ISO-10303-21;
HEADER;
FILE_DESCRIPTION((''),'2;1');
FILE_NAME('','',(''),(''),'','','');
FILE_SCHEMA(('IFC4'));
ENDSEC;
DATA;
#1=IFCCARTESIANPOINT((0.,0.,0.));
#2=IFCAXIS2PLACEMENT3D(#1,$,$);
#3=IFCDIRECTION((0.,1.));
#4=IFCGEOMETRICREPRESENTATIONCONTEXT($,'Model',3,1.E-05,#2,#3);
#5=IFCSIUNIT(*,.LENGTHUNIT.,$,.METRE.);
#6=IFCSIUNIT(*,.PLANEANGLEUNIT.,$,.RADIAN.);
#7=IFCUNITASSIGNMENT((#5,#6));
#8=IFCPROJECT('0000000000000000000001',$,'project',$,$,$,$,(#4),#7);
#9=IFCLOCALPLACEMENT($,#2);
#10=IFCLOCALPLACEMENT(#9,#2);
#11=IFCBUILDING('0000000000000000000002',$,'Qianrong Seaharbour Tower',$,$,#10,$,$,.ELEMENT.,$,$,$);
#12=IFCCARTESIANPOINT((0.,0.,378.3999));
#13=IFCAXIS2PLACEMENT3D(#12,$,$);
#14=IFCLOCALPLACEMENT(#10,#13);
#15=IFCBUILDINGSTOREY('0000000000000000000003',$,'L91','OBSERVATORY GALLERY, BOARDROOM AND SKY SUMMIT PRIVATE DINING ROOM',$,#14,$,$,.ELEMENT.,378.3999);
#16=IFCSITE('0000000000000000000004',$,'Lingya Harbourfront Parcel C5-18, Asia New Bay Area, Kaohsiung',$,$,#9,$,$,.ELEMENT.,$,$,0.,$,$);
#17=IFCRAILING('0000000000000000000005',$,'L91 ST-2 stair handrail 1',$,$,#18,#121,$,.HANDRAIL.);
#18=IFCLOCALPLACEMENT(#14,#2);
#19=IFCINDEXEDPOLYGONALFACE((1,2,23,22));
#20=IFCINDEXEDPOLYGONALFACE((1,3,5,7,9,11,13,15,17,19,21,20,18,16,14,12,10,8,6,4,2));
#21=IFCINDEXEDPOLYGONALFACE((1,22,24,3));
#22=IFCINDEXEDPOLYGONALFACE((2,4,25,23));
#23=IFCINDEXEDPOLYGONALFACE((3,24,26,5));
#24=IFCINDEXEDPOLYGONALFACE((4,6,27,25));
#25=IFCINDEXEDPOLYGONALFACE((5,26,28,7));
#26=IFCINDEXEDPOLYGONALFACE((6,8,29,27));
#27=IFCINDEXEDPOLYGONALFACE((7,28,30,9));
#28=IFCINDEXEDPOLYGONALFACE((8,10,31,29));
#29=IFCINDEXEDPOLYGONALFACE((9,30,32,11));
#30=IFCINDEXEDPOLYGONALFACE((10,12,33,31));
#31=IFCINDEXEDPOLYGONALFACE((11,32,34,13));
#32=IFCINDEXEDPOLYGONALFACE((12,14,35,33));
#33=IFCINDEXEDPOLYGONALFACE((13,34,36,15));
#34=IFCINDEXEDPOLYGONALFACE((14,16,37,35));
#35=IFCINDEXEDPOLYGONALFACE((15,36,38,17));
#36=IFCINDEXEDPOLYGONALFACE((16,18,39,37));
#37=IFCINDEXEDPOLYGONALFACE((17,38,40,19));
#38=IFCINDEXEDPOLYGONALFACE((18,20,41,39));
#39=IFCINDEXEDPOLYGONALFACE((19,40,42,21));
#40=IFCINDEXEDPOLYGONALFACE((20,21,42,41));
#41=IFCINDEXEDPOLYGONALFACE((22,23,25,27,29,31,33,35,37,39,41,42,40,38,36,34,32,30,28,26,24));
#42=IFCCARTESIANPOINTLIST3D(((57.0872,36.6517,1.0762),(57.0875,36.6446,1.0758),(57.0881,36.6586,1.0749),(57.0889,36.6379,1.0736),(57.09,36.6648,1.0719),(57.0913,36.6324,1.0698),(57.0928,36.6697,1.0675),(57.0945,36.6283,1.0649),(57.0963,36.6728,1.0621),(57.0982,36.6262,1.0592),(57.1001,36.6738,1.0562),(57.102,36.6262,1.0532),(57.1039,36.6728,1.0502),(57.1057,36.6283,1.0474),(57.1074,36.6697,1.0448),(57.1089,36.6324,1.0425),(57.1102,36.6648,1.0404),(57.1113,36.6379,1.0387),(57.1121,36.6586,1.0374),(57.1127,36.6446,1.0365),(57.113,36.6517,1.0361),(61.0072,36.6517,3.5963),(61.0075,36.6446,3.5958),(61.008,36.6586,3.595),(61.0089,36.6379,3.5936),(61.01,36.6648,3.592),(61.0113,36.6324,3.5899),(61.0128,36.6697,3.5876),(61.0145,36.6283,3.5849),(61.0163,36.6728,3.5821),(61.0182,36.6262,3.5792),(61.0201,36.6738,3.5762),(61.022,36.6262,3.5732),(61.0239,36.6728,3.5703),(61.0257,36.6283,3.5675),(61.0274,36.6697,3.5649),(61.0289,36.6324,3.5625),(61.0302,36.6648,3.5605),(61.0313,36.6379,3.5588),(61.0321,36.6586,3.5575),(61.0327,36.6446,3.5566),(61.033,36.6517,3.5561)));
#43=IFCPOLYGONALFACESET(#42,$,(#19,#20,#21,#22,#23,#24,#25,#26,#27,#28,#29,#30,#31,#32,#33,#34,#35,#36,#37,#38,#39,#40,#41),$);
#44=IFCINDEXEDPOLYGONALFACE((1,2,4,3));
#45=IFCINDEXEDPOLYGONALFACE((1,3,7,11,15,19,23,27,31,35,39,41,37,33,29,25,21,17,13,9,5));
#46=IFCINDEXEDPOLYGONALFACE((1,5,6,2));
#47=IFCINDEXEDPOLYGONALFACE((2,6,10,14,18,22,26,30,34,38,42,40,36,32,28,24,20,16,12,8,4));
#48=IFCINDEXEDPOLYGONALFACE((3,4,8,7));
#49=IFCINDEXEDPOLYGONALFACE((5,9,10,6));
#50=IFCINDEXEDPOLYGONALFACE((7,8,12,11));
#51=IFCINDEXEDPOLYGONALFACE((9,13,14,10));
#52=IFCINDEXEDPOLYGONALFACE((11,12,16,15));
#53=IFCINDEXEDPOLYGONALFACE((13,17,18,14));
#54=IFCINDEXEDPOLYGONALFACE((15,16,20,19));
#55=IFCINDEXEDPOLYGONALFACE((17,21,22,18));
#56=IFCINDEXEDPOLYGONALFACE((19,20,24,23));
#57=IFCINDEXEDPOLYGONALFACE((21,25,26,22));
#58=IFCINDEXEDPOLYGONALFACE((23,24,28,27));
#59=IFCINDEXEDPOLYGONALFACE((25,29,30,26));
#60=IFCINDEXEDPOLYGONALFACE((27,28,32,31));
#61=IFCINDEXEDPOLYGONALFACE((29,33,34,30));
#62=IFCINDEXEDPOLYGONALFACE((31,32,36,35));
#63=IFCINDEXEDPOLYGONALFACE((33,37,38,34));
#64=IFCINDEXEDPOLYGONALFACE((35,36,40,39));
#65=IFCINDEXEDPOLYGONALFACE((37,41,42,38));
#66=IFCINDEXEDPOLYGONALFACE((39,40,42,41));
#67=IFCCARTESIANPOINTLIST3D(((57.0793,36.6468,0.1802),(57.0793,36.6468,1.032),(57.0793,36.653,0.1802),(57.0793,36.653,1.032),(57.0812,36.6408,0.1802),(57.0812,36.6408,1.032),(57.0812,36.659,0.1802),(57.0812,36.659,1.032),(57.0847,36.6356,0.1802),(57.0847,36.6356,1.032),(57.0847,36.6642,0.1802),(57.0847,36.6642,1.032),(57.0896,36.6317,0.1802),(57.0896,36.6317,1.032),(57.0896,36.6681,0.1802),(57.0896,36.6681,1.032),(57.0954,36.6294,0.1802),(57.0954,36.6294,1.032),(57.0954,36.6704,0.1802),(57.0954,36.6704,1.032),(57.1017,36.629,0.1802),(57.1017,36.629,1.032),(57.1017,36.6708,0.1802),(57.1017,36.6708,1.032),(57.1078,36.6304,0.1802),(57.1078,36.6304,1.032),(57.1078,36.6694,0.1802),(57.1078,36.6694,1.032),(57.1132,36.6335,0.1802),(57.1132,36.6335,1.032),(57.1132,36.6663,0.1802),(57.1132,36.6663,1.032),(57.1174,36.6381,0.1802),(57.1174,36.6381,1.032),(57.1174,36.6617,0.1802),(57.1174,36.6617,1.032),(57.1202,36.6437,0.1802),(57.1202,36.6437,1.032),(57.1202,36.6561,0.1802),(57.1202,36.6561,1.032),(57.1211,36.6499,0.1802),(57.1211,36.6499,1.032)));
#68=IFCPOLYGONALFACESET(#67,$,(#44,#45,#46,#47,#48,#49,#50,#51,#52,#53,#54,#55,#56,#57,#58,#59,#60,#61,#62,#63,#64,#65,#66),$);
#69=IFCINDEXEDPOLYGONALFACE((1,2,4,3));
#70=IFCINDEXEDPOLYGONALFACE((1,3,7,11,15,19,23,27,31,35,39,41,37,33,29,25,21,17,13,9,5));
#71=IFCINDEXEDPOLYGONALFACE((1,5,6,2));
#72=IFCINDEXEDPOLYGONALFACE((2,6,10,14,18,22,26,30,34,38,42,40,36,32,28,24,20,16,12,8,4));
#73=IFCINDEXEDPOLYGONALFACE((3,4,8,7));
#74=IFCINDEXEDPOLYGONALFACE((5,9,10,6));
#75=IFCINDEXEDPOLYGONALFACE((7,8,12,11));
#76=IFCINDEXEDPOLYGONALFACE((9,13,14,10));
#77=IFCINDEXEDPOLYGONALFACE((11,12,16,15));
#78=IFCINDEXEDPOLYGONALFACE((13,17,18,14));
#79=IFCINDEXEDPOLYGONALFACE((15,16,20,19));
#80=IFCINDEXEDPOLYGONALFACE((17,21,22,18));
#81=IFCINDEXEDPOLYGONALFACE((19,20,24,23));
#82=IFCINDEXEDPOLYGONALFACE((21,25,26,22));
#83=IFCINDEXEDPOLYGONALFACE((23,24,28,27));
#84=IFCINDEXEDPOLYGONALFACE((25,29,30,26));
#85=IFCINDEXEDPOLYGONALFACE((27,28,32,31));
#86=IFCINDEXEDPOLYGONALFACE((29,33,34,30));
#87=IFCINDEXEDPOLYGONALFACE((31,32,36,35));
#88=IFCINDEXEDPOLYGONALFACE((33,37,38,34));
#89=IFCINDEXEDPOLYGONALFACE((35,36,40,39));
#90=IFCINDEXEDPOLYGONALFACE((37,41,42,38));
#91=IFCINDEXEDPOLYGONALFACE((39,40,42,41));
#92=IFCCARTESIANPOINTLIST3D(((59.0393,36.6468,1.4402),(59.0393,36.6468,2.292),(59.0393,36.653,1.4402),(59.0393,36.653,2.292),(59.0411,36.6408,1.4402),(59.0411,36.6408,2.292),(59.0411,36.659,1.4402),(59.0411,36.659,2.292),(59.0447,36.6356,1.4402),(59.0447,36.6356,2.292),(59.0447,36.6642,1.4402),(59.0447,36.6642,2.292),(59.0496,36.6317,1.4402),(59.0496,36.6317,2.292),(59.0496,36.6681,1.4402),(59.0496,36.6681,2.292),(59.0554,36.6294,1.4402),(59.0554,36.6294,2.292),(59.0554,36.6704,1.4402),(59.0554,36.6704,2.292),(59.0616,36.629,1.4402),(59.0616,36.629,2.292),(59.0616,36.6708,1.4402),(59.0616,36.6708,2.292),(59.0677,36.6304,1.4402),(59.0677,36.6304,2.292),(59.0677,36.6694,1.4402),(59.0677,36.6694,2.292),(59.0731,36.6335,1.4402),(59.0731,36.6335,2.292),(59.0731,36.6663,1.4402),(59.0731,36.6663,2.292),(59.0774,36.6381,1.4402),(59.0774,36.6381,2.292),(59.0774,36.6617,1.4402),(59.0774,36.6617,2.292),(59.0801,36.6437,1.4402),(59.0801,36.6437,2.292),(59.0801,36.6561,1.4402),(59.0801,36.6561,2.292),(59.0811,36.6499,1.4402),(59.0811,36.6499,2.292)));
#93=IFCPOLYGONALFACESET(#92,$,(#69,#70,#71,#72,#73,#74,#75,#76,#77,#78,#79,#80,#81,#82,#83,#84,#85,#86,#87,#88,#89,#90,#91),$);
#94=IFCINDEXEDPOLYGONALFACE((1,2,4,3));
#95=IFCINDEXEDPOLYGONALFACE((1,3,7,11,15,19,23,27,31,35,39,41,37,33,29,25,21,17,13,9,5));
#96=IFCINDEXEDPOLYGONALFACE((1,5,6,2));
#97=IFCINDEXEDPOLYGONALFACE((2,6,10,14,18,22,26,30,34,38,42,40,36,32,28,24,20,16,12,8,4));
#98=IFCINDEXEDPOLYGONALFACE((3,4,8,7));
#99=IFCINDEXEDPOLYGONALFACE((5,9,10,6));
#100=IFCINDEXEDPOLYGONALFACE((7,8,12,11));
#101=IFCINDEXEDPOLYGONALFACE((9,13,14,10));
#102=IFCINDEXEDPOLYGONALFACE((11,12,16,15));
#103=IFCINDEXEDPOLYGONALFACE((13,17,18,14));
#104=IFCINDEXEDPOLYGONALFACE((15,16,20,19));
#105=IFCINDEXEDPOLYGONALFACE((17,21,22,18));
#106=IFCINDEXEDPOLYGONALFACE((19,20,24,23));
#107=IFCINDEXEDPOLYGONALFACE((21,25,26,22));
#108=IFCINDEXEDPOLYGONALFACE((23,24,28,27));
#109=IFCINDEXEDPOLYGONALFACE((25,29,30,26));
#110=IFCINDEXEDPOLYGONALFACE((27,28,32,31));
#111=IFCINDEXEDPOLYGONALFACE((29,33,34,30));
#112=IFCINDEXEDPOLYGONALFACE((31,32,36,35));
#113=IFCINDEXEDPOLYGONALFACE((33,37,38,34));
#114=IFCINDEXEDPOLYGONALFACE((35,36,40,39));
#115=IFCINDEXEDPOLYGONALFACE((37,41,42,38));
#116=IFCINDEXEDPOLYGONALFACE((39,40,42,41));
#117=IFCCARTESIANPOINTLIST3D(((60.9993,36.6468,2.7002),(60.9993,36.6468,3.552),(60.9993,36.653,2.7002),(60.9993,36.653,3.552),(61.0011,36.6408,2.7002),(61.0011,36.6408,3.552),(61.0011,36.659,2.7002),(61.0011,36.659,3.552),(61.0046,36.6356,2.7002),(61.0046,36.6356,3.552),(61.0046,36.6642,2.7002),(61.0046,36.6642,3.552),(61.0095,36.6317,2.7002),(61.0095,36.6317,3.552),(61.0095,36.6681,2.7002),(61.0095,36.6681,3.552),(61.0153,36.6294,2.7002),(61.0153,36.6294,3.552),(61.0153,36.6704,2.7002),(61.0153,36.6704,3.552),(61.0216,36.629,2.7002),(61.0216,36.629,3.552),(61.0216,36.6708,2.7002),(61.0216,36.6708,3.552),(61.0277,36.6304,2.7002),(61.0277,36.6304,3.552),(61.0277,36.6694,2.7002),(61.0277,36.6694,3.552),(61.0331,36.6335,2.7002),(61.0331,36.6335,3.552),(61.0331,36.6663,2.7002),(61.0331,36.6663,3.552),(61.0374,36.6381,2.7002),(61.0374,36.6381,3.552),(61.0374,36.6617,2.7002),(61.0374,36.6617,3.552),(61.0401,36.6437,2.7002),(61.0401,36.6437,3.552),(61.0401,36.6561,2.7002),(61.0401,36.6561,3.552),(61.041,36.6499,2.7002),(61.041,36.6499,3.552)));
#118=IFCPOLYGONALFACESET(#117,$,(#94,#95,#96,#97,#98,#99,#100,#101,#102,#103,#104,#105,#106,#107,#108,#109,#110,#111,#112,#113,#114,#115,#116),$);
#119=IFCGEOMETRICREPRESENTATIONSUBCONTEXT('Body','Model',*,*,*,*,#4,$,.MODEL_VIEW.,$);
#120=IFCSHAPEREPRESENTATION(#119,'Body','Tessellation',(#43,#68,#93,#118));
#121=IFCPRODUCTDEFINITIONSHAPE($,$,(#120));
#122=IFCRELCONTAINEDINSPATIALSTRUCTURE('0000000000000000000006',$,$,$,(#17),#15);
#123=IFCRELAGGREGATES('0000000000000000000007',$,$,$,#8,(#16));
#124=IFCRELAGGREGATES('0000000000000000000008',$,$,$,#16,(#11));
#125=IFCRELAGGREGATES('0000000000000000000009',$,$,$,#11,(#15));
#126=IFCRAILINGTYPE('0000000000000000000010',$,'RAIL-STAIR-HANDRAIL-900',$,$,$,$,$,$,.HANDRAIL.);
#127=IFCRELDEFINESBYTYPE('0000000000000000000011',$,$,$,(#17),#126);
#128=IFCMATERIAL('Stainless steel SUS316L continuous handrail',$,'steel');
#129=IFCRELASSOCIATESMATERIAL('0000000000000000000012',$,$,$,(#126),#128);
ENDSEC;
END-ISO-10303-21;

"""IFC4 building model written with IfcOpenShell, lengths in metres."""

from ifc_helpers import new_model, si_unit, direction, frame, origin, origin_2d, place, context, subcontext, project, spatial, circle, extrude, material, type_object, element, save


model = new_model("IFC4")

# Units and contexts
model_context = context("Model", 3, precision=1e-05, world=origin(), true_north=direction((0.0, 1.0)))
body_context = subcontext(model_context, "Body", "Model", "MODEL_VIEW")
ifc_project = project(units=[si_unit("LENGTHUNIT", "METRE"), si_unit("PLANEANGLEUNIT", "RADIAN")], contexts=[model_context])

# Site, building, storey
site_placement = place(None, origin())
site = spatial("IfcSite", under=ifc_project, at=site_placement, Name="Lingya Harbourfront Parcel C5-18, Asia New Bay Area, Kaohsiung", CompositionType="ELEMENT", RefElevation=0.0)
building_placement = place(site_placement, origin())
building = spatial("IfcBuilding", under=site, at=building_placement, Name="Qianrong Seaharbour Tower", CompositionType="ELEMENT")
storey_placement = place(building_placement, frame((0.0, 0.0, 378.3999)))
storey = spatial("IfcBuildingStorey", under=building, at=storey_placement, Name="L91", Description="OBSERVATORY GALLERY, BOARDROOM AND SKY SUMMIT PRIVATE DINING ROOM", CompositionType="ELEMENT", Elevation=378.3999)

# Railing
ifc_material_1 = material(Name="Stainless steel SUS316L continuous handrail", Category="steel")
railing_type_1 = type_object("IfcRailingType", Name="RAIL-STAIR-HANDRAIL-900", PredefinedType="HANDRAIL", material=ifc_material_1)
railing_1_placement = place(storey_placement, frame((57.1001, 36.6499, 0.1802)))
element("IfcRailing", 1, at=railing_1_placement, inside=storey, type_object=railing_type_1, Name="L91 ST-2 stair handrail 1", PredefinedType="HANDRAIL", context=body_context, shape_type="SweptSolid", body=[
    extrude(circle(Radius=0.0239, at=origin_2d()), frame((0.0, 0.0, 0.876), z_axis=(0.841172, 0.0, 0.540768), x_axis=(0.0, 1.0, 0.0)), (0.0, 0.0, 1.0), 4.6602),
    extrude(circle(Radius=0.021, at=origin_2d()), origin(), (0.0, 0.0, 1.0), 0.8518),
    extrude(circle(Radius=0.021, at=origin_2d()), frame((1.96, 0.0, 1.26)), (0.0, 0.0, 1.0), 0.8518),
    extrude(circle(Radius=0.021, at=origin_2d()), frame((3.9199, 0.0, 2.52)), (0.0, 0.0, 1.0), 0.8518),
])

save(model, "model.ifc")
